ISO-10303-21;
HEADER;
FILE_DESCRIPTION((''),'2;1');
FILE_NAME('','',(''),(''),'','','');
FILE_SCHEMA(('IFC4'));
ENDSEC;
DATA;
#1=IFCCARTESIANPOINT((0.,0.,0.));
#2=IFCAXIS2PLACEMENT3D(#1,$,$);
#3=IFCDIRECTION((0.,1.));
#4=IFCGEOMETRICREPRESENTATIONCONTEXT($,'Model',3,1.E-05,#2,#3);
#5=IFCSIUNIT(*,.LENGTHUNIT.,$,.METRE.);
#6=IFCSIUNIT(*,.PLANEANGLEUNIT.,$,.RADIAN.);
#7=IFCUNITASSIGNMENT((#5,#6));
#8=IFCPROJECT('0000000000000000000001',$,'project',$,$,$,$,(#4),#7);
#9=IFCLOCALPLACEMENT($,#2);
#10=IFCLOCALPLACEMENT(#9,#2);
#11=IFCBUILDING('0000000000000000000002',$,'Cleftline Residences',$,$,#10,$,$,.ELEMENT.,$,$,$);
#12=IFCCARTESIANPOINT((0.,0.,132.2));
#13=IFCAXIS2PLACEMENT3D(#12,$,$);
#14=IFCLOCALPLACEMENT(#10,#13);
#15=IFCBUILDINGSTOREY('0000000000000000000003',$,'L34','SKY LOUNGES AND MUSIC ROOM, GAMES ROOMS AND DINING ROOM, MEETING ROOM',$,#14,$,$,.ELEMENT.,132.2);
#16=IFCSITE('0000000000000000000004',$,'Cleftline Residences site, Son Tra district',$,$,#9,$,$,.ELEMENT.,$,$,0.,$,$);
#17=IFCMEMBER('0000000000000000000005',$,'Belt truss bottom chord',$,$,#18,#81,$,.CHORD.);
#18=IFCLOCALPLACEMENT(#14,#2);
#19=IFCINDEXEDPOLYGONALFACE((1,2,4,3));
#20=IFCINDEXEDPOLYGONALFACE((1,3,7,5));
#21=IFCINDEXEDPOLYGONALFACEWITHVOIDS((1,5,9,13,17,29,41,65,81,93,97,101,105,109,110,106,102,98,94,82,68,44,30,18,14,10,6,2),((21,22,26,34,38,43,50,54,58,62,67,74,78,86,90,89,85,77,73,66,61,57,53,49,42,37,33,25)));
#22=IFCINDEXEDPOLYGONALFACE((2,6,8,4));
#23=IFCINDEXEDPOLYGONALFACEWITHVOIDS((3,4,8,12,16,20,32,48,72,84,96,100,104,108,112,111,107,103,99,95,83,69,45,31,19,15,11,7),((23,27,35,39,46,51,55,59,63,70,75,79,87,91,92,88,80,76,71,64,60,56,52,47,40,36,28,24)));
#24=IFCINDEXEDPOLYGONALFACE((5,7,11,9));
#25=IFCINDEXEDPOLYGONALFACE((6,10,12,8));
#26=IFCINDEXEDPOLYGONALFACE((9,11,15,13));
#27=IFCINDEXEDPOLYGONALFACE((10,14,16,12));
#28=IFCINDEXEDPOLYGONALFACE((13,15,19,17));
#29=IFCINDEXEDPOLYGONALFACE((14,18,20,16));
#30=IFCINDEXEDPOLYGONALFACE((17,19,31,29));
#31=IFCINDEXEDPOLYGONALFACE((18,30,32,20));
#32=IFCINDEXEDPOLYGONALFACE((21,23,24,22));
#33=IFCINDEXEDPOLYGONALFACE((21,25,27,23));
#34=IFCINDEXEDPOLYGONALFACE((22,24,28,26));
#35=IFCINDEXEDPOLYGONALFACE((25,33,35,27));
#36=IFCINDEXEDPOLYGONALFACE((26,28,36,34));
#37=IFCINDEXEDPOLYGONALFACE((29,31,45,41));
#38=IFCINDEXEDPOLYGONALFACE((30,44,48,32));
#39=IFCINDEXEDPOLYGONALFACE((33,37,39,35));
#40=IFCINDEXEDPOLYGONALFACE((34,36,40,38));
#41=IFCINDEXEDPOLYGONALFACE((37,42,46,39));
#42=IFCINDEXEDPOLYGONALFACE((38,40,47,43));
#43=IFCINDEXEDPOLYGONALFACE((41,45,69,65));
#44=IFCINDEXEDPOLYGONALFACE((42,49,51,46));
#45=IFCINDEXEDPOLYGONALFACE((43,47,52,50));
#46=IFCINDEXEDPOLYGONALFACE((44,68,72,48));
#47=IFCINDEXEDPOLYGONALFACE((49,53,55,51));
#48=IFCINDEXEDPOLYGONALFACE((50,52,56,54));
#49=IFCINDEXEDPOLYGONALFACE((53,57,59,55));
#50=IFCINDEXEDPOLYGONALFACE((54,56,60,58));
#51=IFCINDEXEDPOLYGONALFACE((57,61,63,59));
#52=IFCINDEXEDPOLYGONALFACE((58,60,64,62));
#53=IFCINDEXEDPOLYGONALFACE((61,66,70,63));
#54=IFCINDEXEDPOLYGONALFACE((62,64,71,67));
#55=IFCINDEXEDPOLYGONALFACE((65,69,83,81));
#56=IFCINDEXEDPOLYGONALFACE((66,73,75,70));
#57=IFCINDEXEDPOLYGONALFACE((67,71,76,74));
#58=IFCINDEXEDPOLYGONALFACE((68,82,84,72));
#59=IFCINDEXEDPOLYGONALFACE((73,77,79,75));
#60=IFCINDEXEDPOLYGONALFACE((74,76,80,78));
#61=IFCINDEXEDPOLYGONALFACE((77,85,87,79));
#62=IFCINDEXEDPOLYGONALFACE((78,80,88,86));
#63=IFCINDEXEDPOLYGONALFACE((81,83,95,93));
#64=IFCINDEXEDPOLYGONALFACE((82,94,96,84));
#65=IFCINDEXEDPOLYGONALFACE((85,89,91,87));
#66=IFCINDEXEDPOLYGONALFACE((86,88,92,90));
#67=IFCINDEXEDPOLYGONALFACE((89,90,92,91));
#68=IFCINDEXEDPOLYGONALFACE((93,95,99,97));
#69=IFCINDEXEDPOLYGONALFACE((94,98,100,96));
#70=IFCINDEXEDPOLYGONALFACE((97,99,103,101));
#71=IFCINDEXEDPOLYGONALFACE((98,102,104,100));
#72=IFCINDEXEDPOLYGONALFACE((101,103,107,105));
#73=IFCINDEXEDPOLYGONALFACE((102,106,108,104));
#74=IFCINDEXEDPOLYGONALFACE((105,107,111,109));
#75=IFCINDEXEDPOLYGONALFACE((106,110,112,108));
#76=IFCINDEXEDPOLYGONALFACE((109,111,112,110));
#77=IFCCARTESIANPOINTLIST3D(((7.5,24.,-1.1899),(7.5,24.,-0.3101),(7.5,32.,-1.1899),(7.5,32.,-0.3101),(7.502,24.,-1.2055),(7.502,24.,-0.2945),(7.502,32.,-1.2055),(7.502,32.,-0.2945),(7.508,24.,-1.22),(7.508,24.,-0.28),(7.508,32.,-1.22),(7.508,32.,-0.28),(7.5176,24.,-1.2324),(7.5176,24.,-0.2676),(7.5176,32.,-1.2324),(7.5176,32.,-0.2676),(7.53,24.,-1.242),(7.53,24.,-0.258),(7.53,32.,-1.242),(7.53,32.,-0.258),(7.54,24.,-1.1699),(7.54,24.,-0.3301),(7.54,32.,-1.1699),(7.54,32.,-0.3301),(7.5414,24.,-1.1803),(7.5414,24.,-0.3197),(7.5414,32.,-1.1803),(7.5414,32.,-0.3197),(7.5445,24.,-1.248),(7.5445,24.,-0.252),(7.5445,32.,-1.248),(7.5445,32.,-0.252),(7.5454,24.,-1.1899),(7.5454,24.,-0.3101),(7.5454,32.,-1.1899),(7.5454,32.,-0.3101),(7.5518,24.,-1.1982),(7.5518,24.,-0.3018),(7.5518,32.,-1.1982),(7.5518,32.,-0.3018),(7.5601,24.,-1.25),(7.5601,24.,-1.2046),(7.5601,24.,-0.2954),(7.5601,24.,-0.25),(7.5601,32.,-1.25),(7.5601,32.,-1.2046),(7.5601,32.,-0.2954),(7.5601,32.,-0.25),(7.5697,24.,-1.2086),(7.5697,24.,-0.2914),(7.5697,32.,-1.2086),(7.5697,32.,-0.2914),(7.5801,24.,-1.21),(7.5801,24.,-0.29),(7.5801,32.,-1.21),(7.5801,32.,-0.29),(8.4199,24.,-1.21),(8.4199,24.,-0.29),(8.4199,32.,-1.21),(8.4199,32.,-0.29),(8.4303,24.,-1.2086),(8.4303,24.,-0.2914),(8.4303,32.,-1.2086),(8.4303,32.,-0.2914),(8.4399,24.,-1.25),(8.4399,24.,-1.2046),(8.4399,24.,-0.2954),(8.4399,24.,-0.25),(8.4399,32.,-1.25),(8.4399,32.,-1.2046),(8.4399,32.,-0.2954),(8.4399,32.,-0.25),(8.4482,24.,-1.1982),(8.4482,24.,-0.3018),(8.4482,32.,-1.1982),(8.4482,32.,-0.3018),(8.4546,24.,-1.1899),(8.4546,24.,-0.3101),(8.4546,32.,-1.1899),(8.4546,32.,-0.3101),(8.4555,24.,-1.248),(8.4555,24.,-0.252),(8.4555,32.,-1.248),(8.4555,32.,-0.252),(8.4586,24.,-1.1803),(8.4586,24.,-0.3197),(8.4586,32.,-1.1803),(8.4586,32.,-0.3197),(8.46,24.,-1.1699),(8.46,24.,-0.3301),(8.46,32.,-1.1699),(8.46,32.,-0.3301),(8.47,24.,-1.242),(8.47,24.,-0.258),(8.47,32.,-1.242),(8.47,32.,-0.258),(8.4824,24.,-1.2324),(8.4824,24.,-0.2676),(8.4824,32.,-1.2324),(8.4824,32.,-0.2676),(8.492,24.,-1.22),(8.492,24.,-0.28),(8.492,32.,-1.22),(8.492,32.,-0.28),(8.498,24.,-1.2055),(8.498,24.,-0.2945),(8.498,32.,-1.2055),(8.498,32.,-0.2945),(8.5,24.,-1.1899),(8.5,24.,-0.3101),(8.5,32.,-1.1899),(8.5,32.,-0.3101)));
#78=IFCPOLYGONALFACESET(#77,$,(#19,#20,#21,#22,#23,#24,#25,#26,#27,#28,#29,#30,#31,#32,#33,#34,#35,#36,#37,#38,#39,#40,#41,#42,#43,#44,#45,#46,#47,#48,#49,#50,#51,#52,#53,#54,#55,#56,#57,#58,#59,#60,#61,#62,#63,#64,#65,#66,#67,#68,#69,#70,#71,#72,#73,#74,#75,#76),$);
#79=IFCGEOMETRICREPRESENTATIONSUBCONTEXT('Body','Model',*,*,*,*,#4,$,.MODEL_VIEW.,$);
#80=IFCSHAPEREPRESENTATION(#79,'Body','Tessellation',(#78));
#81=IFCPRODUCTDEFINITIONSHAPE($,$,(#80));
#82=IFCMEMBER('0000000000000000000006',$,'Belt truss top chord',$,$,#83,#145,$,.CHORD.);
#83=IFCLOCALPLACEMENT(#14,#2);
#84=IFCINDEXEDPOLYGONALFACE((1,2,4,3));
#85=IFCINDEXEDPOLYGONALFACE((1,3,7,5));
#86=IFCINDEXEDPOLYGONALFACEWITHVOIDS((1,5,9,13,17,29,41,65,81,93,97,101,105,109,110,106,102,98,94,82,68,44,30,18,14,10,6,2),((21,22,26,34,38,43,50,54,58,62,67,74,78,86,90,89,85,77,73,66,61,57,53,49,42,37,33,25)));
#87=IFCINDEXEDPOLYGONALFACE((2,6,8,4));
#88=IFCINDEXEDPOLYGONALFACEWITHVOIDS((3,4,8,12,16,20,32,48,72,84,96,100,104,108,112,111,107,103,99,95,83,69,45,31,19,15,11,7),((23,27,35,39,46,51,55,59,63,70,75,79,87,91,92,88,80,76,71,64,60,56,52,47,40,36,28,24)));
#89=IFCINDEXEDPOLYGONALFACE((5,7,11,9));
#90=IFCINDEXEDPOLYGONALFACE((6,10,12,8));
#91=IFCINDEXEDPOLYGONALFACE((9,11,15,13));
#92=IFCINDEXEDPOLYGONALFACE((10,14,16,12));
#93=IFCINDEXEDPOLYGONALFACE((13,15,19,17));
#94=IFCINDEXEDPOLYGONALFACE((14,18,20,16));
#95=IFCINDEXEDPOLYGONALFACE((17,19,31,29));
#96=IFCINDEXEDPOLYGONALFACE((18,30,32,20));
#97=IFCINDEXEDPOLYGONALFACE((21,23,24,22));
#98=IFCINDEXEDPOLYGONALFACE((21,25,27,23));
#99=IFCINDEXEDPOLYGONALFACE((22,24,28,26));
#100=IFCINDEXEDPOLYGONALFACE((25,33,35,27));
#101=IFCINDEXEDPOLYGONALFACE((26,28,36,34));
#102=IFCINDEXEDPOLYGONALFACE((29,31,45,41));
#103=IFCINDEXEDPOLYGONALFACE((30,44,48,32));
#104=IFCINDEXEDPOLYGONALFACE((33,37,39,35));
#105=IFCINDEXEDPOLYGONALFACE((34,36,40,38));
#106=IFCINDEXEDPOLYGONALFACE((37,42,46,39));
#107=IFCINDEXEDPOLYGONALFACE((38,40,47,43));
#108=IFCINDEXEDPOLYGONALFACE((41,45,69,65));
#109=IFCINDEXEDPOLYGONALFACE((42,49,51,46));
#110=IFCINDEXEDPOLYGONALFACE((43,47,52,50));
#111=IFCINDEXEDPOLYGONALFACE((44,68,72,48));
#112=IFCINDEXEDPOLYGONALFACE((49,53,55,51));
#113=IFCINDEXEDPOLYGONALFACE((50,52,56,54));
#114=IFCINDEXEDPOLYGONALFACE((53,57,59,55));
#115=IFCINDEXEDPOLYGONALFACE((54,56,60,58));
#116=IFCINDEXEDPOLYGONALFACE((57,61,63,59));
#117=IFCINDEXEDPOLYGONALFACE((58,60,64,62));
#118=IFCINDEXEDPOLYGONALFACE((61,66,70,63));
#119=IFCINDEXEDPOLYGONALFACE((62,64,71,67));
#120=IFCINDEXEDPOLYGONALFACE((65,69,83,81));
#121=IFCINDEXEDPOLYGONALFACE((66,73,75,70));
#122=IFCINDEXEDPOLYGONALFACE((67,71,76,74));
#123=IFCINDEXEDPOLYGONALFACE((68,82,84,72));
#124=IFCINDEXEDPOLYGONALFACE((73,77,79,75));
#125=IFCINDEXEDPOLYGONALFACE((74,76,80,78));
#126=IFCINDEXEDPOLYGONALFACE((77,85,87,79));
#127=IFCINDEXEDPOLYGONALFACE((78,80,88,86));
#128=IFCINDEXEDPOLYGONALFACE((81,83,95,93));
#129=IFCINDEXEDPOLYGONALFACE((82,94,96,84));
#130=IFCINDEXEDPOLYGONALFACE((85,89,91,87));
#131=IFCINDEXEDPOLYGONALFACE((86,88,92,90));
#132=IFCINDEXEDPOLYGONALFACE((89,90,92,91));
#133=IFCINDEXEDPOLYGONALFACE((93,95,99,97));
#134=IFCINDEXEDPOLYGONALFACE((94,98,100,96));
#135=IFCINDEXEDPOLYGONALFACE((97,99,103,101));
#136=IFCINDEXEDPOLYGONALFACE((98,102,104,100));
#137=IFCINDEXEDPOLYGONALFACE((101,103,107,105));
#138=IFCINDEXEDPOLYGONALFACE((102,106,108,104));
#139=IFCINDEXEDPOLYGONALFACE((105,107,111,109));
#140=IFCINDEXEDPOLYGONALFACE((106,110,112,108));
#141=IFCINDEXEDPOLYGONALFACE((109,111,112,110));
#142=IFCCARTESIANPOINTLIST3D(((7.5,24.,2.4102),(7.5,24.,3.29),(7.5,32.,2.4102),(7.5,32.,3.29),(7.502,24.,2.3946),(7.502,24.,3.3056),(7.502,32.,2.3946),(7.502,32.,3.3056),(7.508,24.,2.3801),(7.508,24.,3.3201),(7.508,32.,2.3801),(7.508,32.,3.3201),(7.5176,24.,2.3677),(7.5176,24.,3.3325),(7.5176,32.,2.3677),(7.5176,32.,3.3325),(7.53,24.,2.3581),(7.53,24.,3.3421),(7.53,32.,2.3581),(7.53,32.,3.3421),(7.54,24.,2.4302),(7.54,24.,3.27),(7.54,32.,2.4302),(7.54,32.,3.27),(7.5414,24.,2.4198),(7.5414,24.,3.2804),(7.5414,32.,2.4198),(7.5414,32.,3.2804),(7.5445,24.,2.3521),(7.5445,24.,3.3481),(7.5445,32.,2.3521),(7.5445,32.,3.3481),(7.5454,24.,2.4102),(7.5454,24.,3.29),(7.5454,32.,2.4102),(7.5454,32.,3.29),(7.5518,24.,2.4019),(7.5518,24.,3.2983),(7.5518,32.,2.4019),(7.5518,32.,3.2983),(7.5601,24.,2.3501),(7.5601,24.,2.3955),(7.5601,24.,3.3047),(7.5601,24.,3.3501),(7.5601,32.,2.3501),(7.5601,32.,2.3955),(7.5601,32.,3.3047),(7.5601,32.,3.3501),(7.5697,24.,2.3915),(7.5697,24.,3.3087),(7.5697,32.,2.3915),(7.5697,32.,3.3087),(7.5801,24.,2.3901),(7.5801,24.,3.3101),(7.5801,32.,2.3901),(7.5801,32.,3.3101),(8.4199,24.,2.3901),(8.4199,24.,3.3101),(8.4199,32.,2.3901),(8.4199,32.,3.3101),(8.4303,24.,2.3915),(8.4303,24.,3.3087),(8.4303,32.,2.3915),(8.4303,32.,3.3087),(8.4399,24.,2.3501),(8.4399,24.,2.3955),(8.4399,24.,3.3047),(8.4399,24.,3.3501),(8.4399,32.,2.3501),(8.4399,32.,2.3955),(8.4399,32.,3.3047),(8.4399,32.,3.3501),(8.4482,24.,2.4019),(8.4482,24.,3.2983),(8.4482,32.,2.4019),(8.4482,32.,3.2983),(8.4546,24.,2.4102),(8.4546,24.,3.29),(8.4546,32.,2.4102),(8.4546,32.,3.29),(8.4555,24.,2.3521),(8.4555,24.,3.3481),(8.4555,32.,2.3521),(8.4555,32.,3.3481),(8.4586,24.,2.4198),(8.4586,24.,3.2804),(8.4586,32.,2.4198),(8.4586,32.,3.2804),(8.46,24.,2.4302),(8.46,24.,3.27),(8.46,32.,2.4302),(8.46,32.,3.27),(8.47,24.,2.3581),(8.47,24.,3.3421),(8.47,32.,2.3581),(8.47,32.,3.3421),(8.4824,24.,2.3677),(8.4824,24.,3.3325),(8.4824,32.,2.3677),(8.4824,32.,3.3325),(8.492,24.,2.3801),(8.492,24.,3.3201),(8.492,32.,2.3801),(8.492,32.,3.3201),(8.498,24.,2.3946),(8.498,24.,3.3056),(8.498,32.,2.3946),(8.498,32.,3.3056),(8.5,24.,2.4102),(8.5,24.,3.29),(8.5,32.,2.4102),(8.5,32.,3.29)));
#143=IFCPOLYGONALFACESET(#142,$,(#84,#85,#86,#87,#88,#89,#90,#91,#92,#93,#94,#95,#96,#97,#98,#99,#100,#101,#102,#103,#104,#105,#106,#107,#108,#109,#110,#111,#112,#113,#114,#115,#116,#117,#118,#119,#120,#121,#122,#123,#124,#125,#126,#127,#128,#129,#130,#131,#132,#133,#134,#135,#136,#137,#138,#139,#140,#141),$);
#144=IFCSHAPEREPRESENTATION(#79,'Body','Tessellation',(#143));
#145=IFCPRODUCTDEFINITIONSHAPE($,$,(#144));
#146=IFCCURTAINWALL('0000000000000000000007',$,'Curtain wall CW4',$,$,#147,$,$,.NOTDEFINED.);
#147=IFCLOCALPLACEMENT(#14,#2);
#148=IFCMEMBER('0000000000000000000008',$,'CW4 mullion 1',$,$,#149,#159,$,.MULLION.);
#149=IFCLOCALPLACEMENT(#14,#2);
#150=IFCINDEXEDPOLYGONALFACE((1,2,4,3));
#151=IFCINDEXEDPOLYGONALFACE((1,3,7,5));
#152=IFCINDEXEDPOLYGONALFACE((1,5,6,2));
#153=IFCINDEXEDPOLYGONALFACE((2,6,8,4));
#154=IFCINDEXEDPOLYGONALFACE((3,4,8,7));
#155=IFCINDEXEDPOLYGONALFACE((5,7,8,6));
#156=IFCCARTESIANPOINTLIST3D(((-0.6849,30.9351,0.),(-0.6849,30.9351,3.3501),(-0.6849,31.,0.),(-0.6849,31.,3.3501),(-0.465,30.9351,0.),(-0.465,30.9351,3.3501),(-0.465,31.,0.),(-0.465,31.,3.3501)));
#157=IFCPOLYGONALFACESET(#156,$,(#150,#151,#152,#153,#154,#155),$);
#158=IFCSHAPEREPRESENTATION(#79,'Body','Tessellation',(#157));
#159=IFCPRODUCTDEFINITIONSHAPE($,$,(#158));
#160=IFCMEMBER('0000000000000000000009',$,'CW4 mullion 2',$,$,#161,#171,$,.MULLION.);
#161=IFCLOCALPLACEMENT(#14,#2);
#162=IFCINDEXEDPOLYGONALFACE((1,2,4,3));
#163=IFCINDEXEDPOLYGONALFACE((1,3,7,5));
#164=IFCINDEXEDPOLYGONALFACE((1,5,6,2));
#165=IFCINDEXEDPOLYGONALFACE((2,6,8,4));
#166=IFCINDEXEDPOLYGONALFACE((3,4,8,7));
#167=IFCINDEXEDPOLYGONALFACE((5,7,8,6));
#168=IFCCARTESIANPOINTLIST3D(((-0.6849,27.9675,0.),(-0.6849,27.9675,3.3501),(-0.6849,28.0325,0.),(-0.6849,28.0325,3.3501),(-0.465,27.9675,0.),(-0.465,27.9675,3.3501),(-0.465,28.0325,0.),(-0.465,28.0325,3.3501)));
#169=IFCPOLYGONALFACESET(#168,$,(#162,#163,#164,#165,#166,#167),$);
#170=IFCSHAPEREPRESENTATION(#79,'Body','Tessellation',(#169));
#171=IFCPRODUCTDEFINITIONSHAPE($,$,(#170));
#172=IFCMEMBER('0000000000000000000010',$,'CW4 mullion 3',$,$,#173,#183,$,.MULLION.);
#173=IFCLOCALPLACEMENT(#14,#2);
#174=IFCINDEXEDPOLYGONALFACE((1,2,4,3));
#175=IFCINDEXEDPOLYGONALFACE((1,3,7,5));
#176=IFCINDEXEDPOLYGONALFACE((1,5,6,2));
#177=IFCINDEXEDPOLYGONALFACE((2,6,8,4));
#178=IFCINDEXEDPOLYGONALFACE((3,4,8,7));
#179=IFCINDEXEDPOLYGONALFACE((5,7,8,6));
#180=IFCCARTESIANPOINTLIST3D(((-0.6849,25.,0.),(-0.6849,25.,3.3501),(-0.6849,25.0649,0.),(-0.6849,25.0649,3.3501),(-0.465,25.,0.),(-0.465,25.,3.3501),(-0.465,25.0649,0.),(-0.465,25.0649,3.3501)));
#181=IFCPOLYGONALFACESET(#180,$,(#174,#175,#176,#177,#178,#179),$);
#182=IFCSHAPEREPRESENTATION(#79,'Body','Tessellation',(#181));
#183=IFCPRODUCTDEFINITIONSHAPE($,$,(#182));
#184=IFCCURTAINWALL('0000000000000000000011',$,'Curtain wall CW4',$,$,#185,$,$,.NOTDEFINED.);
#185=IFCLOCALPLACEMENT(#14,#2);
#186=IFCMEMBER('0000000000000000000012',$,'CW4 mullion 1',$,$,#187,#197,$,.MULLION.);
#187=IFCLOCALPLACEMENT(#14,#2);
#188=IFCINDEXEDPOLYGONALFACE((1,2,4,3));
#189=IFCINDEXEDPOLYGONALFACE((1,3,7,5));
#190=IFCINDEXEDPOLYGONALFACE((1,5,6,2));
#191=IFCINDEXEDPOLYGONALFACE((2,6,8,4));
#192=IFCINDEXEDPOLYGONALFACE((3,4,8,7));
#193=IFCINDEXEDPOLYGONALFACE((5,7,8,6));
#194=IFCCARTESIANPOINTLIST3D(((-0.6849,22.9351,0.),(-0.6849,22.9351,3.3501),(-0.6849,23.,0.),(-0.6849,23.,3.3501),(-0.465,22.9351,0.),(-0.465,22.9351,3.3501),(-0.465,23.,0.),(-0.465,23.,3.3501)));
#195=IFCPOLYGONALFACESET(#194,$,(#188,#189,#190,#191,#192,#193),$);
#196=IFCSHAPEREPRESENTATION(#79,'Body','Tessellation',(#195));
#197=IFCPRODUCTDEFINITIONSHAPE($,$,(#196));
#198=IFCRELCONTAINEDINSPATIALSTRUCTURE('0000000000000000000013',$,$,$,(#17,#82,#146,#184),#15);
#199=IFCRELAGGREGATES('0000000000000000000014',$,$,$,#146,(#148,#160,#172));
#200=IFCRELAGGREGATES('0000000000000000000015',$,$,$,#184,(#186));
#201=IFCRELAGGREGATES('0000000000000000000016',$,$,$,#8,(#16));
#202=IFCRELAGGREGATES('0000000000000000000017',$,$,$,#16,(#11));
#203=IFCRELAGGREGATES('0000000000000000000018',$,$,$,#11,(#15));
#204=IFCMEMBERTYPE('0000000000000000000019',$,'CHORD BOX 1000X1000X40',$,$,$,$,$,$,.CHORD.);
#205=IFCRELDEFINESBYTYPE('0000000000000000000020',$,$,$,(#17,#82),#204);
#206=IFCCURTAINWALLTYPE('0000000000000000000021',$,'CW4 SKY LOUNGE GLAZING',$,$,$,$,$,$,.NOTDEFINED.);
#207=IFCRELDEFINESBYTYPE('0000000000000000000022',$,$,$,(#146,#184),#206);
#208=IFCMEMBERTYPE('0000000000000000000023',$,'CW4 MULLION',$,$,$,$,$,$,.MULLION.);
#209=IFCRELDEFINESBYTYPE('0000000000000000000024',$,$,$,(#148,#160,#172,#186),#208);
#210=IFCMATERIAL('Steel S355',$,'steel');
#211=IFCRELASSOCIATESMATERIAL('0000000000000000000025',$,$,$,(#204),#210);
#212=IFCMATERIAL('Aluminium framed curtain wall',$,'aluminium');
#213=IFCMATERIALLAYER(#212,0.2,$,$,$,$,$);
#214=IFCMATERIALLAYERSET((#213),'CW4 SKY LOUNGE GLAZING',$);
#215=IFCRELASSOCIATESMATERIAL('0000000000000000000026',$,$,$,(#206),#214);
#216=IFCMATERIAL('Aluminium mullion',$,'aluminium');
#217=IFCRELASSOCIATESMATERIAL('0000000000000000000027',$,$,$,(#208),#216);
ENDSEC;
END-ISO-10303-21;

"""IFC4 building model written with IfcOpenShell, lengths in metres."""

from ifc_helpers import new_model, si_unit, direction, frame, origin, origin_2d, place, context, subcontext, project, spatial, rectangle, hollow_rectangle, extrude, material, layer, layer_set, material_profile, profile_set, type_object, element, aggregate, save


model = new_model("IFC4")

# Units and contexts
model_context = context("Model", 3, precision=1e-05, world=origin(), true_north=direction((0.0, 1.0)))
body_context = subcontext(model_context, "Body", "Model", "MODEL_VIEW")
ifc_project = project(units=[si_unit("LENGTHUNIT", "METRE"), si_unit("PLANEANGLEUNIT", "RADIAN")], contexts=[model_context])

# Site, building, storey
site_placement = place(None, origin())
site = spatial("IfcSite", under=ifc_project, at=site_placement, Name="Cleftline Residences site, Son Tra district", CompositionType="ELEMENT", RefElevation=0.0)
building_placement = place(site_placement, origin())
building = spatial("IfcBuilding", under=site, at=building_placement, Name="Cleftline Residences", CompositionType="ELEMENT")
storey_placement = place(building_placement, frame((0.0, 0.0, 132.2)))
storey = spatial("IfcBuildingStorey", under=building, at=storey_placement, Name="L34", Description="SKY LOUNGES AND MUSIC ROOM, GAMES ROOMS AND DINING ROOM, MEETING ROOM", CompositionType="ELEMENT", Elevation=132.2)

# Members
ifc_material_1 = material(Name="Steel S355", Category="steel")
ifc_material_profile_1 = material_profile(ifc_material_1, hollow_rectangle(XDim=1.0, YDim=1.0, WallThickness=0.04, InnerFilletRadius=0.04, OuterFilletRadius=0.0601, at=origin_2d()))
ifc_profile_set_1 = profile_set([ifc_material_profile_1], Name="Steel S355")
member_type_1 = type_object("IfcMemberType", Name="CHORD BOX 1000X1000X40", PredefinedType="CHORD", material=ifc_profile_set_1)
for number, where, z_axis, x_axis, name in (
    (1, (8.0, 24.0, -0.75), (0.0, 1.0, 0.0), (-1.0, 0.0, 0.0), "Belt truss bottom chord"),
    (2, (8.0, 24.0, 2.8501), (0.0, 1.0, 0.0), (-1.0, 0.0, 0.0), "Belt truss top chord"),
):
    element("IfcMember", number, at=place(storey_placement, frame(where, z_axis=z_axis, x_axis=x_axis)), inside=storey, type_object=member_type_1, Name=name, PredefinedType="CHORD", context=body_context, shape_type="SweptSolid", body=[
        extrude(hollow_rectangle(XDim=1.0, YDim=1.0, WallThickness=0.04, InnerFilletRadius=0.04, OuterFilletRadius=0.0601, at=origin_2d()), origin(), (0.0, 0.0, 1.0), 8.0),
    ])

# Curtain wall, members
ifc_material_2 = material(Name="Aluminium framed curtain wall", Category="aluminium")
ifc_layer_1 = layer(ifc_material_2, 0.2)
ifc_layer_set_1 = layer_set([ifc_layer_1], Name="CW4 SKY LOUNGE GLAZING")
curtain_wall_type = type_object("IfcCurtainWallType", Name="CW4 SKY LOUNGE GLAZING", PredefinedType="NOTDEFINED", material=ifc_layer_set_1)
curtain_wall_1_placement = place(storey_placement, origin())
curtain_wall_1 = element("IfcCurtainWall", 3, at=curtain_wall_1_placement, inside=storey, type_object=curtain_wall_type, Name="Curtain wall CW4", PredefinedType="NOTDEFINED")
ifc_material_3 = material(Name="Aluminium mullion", Category="aluminium")
ifc_material_profile_2 = material_profile(ifc_material_3, rectangle(XDim=0.22, YDim=0.0649, at=origin_2d()))
ifc_profile_set_2 = profile_set([ifc_material_profile_2], Name="Aluminium mullion")
member_type_2 = type_object("IfcMemberType", Name="CW4 MULLION", PredefinedType="MULLION", material=ifc_profile_set_2)
member_1_placement = place(storey_placement, frame((-0.575, 30.9675, 0.0), z_axis=(0.0, 0.0, 1.0), x_axis=(1.0, 0.0, 0.0)))
member_1 = element("IfcMember", 4, at=member_1_placement, type_object=member_type_2, Name="CW4 mullion 1", PredefinedType="MULLION", context=body_context, shape_type="SweptSolid", body=[
    extrude(rectangle(XDim=0.22, YDim=0.0649, at=origin_2d()), origin(), (0.0, 0.0, 1.0), 3.3501),
])
member_2_placement = place(storey_placement, frame((-0.575, 28.0, 0.0), z_axis=(0.0, 0.0, 1.0), x_axis=(1.0, 0.0, 0.0)))
member_2 = element("IfcMember", 5, at=member_2_placement, type_object=member_type_2, Name="CW4 mullion 2", PredefinedType="MULLION", context=body_context, shape_type="SweptSolid", body=[
    extrude(rectangle(XDim=0.22, YDim=0.0649, at=origin_2d()), origin(), (0.0, 0.0, 1.0), 3.3501),
])
member_3_placement = place(storey_placement, frame((-0.575, 25.0325, 0.0), z_axis=(0.0, 0.0, 1.0), x_axis=(1.0, 0.0, 0.0)))
member_3 = element("IfcMember", 6, at=member_3_placement, type_object=member_type_2, Name="CW4 mullion 3", PredefinedType="MULLION", context=body_context, shape_type="SweptSolid", body=[
    extrude(rectangle(XDim=0.22, YDim=0.0649, at=origin_2d()), origin(), (0.0, 0.0, 1.0), 3.3501),
])

# Curtain wall, member
curtain_wall_2_placement = place(storey_placement, origin())
curtain_wall_2 = element("IfcCurtainWall", 7, at=curtain_wall_2_placement, inside=storey, type_object=curtain_wall_type, Name="Curtain wall CW4", PredefinedType="NOTDEFINED")
member_4_placement = place(storey_placement, frame((-0.575, 22.9675, 0.0), z_axis=(0.0, 0.0, 1.0), x_axis=(1.0, 0.0, 0.0)))
member_4 = element("IfcMember", 8, at=member_4_placement, type_object=member_type_2, Name="CW4 mullion 1", PredefinedType="MULLION", context=body_context, shape_type="SweptSolid", body=[
    extrude(rectangle(XDim=0.22, YDim=0.0649, at=origin_2d()), origin(), (0.0, 0.0, 1.0), 3.3501),
])

aggregate(curtain_wall_1, [member_1, member_2, member_3])
aggregate(curtain_wall_2, [member_4])

save(model, "model.ifc")
